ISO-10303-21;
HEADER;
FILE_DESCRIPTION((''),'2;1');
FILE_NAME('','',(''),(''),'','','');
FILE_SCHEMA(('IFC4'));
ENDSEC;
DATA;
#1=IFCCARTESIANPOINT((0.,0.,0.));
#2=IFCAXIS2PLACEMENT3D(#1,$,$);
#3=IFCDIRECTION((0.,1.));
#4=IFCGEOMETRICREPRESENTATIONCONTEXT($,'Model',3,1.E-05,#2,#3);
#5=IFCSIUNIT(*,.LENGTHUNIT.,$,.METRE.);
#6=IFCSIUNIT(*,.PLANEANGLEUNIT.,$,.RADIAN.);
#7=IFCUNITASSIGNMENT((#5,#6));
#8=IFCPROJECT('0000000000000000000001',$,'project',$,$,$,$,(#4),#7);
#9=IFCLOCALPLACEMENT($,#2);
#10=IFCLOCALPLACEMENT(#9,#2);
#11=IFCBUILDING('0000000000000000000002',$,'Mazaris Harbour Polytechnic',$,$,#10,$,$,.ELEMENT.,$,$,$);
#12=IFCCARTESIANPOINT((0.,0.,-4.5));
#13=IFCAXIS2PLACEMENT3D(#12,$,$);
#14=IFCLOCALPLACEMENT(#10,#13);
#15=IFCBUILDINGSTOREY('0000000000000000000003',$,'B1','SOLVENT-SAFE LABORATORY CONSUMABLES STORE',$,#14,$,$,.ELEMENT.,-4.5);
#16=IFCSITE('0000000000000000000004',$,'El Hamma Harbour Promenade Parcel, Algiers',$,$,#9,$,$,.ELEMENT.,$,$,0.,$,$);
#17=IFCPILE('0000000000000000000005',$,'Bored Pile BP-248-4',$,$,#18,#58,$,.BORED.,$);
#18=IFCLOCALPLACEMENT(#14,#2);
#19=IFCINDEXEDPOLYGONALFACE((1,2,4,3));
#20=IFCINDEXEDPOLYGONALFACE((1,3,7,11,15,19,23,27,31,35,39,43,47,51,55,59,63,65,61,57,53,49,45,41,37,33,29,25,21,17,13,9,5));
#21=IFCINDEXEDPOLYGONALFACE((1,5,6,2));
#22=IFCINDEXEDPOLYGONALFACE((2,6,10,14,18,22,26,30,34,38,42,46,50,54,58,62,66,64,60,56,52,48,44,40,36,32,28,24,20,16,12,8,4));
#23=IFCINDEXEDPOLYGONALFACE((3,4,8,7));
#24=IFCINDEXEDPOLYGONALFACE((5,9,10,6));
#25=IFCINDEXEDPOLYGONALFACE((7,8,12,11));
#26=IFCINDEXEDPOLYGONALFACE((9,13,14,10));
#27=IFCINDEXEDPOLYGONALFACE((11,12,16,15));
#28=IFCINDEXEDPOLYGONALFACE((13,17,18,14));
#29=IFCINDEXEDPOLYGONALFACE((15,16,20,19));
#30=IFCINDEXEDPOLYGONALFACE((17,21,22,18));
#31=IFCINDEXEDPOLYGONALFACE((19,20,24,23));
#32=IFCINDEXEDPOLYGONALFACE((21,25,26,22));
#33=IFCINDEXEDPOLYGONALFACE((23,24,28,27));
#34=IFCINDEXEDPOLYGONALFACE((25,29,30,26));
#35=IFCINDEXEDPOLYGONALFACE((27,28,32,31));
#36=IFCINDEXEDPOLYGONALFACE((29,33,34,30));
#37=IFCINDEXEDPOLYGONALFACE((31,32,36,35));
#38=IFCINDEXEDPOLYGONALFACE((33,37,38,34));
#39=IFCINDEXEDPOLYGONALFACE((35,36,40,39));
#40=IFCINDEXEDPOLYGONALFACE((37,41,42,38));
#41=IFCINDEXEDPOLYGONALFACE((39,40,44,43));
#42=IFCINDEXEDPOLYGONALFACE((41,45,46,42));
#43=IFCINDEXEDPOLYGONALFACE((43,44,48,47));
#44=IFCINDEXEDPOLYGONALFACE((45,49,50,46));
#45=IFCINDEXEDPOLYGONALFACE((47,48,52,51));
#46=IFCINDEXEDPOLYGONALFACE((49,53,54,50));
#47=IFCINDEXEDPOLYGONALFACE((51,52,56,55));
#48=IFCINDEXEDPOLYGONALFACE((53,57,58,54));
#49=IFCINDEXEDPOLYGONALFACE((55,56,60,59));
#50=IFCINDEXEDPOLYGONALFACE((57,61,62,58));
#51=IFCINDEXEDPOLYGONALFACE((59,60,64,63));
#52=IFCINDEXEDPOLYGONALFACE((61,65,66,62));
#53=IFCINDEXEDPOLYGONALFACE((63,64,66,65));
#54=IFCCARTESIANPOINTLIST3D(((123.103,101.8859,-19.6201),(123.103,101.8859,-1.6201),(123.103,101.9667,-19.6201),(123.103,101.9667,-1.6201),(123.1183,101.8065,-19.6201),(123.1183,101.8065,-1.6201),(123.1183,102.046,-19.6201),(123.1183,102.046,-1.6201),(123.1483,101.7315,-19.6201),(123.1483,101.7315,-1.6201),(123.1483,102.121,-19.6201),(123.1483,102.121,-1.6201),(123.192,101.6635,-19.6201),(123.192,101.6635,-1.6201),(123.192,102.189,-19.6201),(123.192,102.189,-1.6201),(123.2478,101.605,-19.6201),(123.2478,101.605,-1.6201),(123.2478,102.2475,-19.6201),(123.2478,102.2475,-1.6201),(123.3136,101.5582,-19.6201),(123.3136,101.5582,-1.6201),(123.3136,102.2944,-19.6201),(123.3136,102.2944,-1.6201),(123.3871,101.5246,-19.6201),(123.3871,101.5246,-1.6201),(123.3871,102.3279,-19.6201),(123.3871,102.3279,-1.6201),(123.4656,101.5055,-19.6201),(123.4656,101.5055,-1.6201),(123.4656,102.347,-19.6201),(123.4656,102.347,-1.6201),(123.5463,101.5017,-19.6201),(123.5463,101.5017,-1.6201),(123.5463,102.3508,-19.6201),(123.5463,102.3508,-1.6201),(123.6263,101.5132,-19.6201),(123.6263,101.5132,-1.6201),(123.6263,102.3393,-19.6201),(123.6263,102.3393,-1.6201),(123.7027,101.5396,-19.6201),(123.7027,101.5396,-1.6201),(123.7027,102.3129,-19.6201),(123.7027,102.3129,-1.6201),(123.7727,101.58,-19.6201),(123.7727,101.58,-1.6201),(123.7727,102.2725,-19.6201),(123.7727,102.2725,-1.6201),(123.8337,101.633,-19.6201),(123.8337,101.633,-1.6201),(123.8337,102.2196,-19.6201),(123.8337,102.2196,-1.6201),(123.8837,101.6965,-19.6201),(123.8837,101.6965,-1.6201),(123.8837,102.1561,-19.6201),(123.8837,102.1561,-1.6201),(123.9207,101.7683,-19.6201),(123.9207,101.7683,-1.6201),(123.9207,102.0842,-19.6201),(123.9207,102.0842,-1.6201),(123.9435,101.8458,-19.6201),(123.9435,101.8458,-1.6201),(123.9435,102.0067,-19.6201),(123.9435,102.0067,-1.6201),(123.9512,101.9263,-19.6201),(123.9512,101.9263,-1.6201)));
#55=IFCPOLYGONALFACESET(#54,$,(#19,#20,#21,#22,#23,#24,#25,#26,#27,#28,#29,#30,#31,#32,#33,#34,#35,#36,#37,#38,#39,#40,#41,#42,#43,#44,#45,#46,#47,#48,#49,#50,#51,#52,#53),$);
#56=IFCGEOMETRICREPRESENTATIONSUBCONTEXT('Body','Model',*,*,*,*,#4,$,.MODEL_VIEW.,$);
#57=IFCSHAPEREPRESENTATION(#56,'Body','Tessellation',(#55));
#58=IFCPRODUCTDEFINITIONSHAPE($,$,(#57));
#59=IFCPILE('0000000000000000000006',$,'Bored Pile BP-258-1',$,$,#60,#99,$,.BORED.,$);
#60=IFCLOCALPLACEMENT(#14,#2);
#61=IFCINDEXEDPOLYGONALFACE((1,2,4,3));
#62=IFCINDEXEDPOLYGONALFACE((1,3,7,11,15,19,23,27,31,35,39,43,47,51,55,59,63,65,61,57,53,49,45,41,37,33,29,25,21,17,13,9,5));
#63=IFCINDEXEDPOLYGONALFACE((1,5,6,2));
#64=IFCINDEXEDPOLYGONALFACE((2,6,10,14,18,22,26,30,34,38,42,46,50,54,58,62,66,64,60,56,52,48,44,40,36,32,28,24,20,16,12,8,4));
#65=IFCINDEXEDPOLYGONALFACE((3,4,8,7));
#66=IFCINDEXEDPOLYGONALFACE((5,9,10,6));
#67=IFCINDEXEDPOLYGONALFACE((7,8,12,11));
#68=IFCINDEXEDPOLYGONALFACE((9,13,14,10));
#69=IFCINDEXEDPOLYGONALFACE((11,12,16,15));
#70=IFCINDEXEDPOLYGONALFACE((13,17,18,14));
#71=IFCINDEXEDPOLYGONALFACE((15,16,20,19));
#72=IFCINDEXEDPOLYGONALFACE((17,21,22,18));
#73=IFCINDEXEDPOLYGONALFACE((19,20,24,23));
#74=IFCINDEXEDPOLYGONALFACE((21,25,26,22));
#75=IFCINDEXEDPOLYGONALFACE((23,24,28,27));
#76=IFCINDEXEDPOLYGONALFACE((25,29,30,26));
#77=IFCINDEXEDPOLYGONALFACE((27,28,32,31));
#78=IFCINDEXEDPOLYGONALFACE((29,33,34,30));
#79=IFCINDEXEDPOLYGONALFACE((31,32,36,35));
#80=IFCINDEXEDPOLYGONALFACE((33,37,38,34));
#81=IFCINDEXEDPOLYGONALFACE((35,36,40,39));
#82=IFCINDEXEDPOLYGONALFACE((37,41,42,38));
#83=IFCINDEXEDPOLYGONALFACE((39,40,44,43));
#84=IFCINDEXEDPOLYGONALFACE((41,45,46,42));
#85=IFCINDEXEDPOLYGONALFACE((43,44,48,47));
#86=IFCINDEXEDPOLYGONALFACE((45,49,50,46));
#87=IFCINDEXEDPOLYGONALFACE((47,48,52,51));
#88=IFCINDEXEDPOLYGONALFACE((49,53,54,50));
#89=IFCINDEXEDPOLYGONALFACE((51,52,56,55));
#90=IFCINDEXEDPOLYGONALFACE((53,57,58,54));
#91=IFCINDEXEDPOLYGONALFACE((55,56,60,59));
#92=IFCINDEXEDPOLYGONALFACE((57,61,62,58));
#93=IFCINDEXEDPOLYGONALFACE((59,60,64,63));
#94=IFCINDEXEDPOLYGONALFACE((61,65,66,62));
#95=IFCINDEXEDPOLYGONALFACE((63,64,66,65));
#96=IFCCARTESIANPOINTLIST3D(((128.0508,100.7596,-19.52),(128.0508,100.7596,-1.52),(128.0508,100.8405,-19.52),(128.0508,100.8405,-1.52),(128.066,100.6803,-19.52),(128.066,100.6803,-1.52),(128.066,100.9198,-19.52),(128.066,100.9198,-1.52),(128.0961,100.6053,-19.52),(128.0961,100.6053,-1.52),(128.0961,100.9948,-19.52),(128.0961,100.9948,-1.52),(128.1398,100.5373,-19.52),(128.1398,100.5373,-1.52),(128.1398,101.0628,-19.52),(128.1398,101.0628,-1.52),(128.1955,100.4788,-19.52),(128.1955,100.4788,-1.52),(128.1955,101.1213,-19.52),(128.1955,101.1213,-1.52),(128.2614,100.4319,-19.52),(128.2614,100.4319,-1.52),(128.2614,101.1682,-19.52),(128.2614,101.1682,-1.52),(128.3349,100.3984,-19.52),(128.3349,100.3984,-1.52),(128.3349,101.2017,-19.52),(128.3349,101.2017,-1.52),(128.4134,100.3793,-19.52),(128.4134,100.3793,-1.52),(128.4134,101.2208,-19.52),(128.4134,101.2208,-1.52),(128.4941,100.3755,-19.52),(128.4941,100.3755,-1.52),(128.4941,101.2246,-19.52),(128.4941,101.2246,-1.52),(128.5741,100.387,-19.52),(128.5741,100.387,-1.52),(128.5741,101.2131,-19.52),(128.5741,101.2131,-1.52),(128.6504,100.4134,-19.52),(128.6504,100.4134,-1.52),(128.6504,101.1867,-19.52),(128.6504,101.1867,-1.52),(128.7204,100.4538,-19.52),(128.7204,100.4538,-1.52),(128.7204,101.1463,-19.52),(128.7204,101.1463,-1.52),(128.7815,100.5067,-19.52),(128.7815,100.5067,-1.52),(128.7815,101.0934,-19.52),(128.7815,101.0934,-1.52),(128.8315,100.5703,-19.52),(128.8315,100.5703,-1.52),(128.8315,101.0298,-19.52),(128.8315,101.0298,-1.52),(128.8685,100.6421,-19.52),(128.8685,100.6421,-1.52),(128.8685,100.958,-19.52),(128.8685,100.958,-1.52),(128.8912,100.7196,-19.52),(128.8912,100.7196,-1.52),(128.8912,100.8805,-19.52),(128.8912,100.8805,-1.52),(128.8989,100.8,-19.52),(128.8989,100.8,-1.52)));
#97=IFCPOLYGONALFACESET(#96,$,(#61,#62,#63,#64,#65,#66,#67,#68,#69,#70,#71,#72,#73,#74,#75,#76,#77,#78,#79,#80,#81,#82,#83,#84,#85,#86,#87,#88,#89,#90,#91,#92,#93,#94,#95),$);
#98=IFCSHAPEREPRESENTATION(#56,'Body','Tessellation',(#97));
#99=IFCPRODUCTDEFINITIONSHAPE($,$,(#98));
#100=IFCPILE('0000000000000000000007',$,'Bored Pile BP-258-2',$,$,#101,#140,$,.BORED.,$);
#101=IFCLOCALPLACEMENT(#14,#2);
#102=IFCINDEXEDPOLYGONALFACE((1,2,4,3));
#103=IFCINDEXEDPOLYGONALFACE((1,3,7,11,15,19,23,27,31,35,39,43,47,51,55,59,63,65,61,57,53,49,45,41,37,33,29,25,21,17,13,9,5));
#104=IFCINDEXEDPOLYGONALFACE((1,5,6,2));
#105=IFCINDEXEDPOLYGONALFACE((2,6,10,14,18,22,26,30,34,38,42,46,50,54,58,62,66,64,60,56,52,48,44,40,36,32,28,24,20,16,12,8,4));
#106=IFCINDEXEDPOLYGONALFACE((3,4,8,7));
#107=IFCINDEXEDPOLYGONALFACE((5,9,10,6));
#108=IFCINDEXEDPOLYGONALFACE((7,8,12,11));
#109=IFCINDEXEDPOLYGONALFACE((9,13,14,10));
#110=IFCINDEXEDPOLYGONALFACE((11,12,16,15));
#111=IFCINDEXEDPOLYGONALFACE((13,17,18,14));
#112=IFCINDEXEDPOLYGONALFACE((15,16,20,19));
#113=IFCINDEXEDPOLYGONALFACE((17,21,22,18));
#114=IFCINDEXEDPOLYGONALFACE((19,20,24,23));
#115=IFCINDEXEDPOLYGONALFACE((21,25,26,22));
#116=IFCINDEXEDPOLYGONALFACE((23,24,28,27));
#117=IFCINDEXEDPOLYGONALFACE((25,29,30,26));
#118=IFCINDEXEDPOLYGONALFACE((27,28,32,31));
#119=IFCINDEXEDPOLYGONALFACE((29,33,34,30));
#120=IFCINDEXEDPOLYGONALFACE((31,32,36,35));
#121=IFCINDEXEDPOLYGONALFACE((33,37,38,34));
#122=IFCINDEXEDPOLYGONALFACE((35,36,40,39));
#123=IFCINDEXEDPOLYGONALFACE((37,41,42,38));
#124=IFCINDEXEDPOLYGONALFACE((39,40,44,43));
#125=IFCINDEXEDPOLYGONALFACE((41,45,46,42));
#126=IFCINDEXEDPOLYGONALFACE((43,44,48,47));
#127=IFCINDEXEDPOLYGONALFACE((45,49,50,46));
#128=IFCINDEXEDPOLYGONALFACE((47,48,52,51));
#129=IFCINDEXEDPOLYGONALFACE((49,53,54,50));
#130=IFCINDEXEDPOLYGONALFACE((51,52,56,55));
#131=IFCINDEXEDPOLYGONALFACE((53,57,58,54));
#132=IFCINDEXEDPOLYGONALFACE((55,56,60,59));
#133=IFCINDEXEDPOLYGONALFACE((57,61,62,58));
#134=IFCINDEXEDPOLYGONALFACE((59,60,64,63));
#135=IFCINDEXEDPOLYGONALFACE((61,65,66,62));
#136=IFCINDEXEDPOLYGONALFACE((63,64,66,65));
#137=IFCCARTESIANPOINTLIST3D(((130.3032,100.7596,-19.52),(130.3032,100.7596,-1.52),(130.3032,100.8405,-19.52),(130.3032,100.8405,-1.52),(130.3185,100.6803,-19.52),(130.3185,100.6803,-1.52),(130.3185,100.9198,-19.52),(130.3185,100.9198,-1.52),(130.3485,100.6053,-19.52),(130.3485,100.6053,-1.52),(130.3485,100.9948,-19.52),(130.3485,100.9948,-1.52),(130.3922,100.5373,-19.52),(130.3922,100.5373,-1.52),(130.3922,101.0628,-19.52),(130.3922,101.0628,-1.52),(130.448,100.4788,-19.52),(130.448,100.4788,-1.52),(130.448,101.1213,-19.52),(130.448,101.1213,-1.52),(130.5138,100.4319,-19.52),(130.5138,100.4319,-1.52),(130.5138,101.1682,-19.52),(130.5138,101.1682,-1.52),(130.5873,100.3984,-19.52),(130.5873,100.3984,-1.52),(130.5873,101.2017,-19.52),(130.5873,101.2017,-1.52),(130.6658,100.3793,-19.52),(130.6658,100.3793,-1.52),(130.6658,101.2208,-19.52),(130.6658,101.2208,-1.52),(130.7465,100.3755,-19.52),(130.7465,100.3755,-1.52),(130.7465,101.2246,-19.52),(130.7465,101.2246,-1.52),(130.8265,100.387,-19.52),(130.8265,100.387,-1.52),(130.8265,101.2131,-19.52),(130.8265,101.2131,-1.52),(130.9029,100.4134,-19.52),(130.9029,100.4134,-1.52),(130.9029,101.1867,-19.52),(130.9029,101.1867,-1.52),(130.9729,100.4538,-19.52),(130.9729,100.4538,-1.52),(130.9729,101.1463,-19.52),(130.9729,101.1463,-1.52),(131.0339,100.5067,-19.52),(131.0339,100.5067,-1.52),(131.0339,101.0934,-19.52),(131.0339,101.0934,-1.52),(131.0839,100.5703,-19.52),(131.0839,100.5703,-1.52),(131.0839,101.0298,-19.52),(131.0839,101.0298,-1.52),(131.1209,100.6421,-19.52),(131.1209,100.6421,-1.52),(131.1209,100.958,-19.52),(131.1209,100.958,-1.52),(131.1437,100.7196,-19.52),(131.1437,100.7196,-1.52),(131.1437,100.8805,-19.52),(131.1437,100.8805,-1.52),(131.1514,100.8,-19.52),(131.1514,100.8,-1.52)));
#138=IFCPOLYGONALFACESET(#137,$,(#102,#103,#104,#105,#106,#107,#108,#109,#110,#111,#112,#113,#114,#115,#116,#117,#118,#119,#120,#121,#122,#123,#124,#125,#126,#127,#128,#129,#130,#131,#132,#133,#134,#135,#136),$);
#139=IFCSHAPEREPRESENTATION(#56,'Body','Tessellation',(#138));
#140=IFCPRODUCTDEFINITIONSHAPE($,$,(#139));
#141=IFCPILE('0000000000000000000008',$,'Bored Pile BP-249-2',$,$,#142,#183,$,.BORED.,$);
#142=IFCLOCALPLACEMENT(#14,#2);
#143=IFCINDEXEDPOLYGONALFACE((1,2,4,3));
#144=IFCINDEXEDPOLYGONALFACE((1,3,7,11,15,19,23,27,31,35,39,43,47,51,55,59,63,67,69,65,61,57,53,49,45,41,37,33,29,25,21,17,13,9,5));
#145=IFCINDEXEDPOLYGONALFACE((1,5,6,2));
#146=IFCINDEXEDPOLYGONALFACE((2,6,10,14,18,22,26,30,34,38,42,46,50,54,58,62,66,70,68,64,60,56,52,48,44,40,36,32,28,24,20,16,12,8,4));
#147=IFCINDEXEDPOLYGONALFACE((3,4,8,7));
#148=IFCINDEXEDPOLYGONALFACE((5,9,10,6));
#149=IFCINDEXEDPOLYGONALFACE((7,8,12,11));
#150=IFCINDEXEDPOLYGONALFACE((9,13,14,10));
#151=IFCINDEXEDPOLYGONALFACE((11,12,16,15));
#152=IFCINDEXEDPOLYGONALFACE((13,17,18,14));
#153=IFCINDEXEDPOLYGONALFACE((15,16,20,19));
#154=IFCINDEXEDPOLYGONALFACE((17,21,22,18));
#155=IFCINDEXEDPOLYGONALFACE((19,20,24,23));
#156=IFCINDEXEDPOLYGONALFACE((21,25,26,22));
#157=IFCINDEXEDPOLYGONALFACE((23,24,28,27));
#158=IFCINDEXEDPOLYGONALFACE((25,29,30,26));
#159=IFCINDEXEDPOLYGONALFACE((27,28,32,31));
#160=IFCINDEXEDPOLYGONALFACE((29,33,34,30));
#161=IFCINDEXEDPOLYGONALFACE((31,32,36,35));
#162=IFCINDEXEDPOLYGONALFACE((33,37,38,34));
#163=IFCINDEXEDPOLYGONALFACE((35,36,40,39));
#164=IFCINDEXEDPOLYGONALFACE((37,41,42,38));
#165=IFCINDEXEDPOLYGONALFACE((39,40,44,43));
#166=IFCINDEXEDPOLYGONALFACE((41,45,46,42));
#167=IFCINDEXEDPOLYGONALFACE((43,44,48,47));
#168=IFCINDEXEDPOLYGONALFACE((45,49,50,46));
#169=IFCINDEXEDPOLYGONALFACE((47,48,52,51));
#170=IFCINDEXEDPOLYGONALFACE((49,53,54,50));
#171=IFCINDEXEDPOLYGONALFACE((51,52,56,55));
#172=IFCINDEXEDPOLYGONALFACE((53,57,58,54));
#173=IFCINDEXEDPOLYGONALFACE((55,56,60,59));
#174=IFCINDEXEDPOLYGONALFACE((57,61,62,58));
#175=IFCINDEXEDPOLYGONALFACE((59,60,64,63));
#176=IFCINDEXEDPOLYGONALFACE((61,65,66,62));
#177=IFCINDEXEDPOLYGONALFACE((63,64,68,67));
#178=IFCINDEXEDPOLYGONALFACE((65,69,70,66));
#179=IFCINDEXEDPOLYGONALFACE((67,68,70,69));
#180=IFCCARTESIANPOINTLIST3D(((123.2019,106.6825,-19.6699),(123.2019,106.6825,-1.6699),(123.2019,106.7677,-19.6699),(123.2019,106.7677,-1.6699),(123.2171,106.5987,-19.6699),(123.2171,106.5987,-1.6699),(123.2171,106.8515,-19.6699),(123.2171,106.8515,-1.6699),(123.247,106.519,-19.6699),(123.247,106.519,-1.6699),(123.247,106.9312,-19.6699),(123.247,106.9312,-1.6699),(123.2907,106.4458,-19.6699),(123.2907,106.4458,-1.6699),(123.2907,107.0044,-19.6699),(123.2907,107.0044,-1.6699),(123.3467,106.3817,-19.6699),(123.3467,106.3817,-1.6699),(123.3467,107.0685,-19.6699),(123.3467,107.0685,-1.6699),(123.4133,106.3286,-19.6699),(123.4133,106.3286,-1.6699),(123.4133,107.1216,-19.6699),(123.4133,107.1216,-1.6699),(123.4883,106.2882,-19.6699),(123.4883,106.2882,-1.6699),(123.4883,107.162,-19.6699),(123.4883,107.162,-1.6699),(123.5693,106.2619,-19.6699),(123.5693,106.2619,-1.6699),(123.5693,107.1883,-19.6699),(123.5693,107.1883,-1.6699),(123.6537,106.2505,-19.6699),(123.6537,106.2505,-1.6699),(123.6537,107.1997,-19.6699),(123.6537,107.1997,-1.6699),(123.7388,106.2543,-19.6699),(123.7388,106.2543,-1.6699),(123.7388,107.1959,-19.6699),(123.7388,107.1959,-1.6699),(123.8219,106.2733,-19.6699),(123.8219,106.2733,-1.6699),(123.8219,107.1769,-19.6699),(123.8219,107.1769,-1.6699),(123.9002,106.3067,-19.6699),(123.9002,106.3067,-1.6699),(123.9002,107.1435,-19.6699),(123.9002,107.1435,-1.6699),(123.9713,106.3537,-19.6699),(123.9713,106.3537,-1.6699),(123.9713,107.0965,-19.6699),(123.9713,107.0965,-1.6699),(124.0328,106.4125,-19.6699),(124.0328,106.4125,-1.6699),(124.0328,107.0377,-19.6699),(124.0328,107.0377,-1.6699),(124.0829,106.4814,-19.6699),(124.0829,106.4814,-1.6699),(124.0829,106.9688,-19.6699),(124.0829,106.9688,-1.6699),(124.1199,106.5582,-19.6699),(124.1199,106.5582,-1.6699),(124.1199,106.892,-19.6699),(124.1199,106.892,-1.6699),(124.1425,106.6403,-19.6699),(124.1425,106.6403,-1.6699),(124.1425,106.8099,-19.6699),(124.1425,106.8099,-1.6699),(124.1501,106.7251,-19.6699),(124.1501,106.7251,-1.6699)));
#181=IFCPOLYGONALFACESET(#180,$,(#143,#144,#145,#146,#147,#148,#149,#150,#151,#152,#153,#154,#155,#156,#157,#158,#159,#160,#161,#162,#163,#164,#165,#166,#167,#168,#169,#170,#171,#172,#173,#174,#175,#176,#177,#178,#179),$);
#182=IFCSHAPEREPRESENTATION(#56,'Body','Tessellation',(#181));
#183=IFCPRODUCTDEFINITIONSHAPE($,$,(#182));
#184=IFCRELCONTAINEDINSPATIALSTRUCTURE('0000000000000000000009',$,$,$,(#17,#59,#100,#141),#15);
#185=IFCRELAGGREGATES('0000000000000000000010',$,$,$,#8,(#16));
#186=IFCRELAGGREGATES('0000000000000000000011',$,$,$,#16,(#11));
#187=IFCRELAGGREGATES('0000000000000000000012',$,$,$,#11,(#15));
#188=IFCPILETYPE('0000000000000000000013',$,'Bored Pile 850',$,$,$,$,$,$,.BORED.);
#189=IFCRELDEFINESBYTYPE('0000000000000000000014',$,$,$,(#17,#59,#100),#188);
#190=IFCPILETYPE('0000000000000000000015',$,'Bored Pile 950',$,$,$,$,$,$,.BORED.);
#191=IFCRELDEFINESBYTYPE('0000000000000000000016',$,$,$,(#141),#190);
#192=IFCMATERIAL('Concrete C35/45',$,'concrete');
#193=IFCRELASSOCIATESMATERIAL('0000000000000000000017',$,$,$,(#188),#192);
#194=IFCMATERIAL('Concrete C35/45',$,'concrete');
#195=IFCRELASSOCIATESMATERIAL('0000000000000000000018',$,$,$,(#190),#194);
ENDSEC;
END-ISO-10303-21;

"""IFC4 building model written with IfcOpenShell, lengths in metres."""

from ifc_helpers import new_model, si_unit, direction, frame, origin, origin_2d, place, context, subcontext, project, spatial, circle, extrude, material, material_profile, profile_set, type_object, element, save


model = new_model("IFC4")

# Units and contexts
model_context = context("Model", 3, precision=1e-05, world=origin(), true_north=direction((0.0, 1.0)))
body_context = subcontext(model_context, "Body", "Model", "MODEL_VIEW")
ifc_project = project(units=[si_unit("LENGTHUNIT", "METRE"), si_unit("PLANEANGLEUNIT", "RADIAN")], contexts=[model_context])

# Site, building, storey
site_placement = place(None, origin())
site = spatial("IfcSite", under=ifc_project, at=site_placement, Name="El Hamma Harbour Promenade Parcel, Algiers", CompositionType="ELEMENT", RefElevation=0.0)
building_placement = place(site_placement, origin())
building = spatial("IfcBuilding", under=site, at=building_placement, Name="Mazaris Harbour Polytechnic", CompositionType="ELEMENT")
storey_placement = place(building_placement, frame((0.0, 0.0, -4.5)))
storey = spatial("IfcBuildingStorey", under=building, at=storey_placement, Name="B1", Description="SOLVENT-SAFE LABORATORY CONSUMABLES STORE", CompositionType="ELEMENT", Elevation=-4.5)

# Piles
ifc_material_1 = material(Name="Concrete C35/45", Category="concrete")
ifc_material_profile_1 = material_profile(ifc_material_1, circle(Radius=0.425, at=origin_2d()), Name="DIA850")
ifc_profile_set_1 = profile_set([ifc_material_profile_1], Name="Concrete C35/45")
pile_type_1 = type_object("IfcPileType", Name="Bored Pile 850", PredefinedType="BORED", material=ifc_profile_set_1)
for number, where, z_axis, x_axis, name in (
    (1, (123.5261, 101.9263, -1.6201), (0.0, 0.0, -1.0), (1.0, 0.0, 0.0), "Bored Pile BP-248-4"),
    (2, (128.4739, 100.8, -1.52), (0.0, 0.0, -1.0), (1.0, 0.0, 0.0), "Bored Pile BP-258-1"),
    (3, (130.7263, 100.8, -1.52), (0.0, 0.0, -1.0), (1.0, 0.0, 0.0), "Bored Pile BP-258-2"),
):
    element("IfcPile", number, at=place(storey_placement, frame(where, z_axis=z_axis, x_axis=x_axis)), inside=storey, type_object=pile_type_1, Name=name, PredefinedType="BORED", context=body_context, shape_type="SweptSolid", body=[
        extrude(circle(Radius=0.425, at=origin_2d()), origin(), (0.0, 0.0, 1.0), 18.0),
    ])
ifc_material_2 = material(Name="Concrete C35/45", Category="concrete")
ifc_material_profile_2 = material_profile(ifc_material_2, circle(Radius=0.4751, at=origin_2d()), Name="DIA950")
ifc_profile_set_2 = profile_set([ifc_material_profile_2], Name="Concrete C35/45")
pile_type_2 = type_object("IfcPileType", Name="Bored Pile 950", PredefinedType="BORED", material=ifc_profile_set_2)
for number, where, z_axis, x_axis, name in (
    (4, (123.675, 106.7251, -1.6699), (0.0, 0.0, -1.0), (1.0, 0.0, 0.0), "Bored Pile BP-249-2"),
):
    element("IfcPile", number, at=place(storey_placement, frame(where, z_axis=z_axis, x_axis=x_axis)), inside=storey, type_object=pile_type_2, Name=name, PredefinedType="BORED", context=body_context, shape_type="SweptSolid", body=[
        extrude(circle(Radius=0.4751, at=origin_2d()), origin(), (0.0, 0.0, 1.0), 18.0),
    ])

save(model, "model.ifc")
